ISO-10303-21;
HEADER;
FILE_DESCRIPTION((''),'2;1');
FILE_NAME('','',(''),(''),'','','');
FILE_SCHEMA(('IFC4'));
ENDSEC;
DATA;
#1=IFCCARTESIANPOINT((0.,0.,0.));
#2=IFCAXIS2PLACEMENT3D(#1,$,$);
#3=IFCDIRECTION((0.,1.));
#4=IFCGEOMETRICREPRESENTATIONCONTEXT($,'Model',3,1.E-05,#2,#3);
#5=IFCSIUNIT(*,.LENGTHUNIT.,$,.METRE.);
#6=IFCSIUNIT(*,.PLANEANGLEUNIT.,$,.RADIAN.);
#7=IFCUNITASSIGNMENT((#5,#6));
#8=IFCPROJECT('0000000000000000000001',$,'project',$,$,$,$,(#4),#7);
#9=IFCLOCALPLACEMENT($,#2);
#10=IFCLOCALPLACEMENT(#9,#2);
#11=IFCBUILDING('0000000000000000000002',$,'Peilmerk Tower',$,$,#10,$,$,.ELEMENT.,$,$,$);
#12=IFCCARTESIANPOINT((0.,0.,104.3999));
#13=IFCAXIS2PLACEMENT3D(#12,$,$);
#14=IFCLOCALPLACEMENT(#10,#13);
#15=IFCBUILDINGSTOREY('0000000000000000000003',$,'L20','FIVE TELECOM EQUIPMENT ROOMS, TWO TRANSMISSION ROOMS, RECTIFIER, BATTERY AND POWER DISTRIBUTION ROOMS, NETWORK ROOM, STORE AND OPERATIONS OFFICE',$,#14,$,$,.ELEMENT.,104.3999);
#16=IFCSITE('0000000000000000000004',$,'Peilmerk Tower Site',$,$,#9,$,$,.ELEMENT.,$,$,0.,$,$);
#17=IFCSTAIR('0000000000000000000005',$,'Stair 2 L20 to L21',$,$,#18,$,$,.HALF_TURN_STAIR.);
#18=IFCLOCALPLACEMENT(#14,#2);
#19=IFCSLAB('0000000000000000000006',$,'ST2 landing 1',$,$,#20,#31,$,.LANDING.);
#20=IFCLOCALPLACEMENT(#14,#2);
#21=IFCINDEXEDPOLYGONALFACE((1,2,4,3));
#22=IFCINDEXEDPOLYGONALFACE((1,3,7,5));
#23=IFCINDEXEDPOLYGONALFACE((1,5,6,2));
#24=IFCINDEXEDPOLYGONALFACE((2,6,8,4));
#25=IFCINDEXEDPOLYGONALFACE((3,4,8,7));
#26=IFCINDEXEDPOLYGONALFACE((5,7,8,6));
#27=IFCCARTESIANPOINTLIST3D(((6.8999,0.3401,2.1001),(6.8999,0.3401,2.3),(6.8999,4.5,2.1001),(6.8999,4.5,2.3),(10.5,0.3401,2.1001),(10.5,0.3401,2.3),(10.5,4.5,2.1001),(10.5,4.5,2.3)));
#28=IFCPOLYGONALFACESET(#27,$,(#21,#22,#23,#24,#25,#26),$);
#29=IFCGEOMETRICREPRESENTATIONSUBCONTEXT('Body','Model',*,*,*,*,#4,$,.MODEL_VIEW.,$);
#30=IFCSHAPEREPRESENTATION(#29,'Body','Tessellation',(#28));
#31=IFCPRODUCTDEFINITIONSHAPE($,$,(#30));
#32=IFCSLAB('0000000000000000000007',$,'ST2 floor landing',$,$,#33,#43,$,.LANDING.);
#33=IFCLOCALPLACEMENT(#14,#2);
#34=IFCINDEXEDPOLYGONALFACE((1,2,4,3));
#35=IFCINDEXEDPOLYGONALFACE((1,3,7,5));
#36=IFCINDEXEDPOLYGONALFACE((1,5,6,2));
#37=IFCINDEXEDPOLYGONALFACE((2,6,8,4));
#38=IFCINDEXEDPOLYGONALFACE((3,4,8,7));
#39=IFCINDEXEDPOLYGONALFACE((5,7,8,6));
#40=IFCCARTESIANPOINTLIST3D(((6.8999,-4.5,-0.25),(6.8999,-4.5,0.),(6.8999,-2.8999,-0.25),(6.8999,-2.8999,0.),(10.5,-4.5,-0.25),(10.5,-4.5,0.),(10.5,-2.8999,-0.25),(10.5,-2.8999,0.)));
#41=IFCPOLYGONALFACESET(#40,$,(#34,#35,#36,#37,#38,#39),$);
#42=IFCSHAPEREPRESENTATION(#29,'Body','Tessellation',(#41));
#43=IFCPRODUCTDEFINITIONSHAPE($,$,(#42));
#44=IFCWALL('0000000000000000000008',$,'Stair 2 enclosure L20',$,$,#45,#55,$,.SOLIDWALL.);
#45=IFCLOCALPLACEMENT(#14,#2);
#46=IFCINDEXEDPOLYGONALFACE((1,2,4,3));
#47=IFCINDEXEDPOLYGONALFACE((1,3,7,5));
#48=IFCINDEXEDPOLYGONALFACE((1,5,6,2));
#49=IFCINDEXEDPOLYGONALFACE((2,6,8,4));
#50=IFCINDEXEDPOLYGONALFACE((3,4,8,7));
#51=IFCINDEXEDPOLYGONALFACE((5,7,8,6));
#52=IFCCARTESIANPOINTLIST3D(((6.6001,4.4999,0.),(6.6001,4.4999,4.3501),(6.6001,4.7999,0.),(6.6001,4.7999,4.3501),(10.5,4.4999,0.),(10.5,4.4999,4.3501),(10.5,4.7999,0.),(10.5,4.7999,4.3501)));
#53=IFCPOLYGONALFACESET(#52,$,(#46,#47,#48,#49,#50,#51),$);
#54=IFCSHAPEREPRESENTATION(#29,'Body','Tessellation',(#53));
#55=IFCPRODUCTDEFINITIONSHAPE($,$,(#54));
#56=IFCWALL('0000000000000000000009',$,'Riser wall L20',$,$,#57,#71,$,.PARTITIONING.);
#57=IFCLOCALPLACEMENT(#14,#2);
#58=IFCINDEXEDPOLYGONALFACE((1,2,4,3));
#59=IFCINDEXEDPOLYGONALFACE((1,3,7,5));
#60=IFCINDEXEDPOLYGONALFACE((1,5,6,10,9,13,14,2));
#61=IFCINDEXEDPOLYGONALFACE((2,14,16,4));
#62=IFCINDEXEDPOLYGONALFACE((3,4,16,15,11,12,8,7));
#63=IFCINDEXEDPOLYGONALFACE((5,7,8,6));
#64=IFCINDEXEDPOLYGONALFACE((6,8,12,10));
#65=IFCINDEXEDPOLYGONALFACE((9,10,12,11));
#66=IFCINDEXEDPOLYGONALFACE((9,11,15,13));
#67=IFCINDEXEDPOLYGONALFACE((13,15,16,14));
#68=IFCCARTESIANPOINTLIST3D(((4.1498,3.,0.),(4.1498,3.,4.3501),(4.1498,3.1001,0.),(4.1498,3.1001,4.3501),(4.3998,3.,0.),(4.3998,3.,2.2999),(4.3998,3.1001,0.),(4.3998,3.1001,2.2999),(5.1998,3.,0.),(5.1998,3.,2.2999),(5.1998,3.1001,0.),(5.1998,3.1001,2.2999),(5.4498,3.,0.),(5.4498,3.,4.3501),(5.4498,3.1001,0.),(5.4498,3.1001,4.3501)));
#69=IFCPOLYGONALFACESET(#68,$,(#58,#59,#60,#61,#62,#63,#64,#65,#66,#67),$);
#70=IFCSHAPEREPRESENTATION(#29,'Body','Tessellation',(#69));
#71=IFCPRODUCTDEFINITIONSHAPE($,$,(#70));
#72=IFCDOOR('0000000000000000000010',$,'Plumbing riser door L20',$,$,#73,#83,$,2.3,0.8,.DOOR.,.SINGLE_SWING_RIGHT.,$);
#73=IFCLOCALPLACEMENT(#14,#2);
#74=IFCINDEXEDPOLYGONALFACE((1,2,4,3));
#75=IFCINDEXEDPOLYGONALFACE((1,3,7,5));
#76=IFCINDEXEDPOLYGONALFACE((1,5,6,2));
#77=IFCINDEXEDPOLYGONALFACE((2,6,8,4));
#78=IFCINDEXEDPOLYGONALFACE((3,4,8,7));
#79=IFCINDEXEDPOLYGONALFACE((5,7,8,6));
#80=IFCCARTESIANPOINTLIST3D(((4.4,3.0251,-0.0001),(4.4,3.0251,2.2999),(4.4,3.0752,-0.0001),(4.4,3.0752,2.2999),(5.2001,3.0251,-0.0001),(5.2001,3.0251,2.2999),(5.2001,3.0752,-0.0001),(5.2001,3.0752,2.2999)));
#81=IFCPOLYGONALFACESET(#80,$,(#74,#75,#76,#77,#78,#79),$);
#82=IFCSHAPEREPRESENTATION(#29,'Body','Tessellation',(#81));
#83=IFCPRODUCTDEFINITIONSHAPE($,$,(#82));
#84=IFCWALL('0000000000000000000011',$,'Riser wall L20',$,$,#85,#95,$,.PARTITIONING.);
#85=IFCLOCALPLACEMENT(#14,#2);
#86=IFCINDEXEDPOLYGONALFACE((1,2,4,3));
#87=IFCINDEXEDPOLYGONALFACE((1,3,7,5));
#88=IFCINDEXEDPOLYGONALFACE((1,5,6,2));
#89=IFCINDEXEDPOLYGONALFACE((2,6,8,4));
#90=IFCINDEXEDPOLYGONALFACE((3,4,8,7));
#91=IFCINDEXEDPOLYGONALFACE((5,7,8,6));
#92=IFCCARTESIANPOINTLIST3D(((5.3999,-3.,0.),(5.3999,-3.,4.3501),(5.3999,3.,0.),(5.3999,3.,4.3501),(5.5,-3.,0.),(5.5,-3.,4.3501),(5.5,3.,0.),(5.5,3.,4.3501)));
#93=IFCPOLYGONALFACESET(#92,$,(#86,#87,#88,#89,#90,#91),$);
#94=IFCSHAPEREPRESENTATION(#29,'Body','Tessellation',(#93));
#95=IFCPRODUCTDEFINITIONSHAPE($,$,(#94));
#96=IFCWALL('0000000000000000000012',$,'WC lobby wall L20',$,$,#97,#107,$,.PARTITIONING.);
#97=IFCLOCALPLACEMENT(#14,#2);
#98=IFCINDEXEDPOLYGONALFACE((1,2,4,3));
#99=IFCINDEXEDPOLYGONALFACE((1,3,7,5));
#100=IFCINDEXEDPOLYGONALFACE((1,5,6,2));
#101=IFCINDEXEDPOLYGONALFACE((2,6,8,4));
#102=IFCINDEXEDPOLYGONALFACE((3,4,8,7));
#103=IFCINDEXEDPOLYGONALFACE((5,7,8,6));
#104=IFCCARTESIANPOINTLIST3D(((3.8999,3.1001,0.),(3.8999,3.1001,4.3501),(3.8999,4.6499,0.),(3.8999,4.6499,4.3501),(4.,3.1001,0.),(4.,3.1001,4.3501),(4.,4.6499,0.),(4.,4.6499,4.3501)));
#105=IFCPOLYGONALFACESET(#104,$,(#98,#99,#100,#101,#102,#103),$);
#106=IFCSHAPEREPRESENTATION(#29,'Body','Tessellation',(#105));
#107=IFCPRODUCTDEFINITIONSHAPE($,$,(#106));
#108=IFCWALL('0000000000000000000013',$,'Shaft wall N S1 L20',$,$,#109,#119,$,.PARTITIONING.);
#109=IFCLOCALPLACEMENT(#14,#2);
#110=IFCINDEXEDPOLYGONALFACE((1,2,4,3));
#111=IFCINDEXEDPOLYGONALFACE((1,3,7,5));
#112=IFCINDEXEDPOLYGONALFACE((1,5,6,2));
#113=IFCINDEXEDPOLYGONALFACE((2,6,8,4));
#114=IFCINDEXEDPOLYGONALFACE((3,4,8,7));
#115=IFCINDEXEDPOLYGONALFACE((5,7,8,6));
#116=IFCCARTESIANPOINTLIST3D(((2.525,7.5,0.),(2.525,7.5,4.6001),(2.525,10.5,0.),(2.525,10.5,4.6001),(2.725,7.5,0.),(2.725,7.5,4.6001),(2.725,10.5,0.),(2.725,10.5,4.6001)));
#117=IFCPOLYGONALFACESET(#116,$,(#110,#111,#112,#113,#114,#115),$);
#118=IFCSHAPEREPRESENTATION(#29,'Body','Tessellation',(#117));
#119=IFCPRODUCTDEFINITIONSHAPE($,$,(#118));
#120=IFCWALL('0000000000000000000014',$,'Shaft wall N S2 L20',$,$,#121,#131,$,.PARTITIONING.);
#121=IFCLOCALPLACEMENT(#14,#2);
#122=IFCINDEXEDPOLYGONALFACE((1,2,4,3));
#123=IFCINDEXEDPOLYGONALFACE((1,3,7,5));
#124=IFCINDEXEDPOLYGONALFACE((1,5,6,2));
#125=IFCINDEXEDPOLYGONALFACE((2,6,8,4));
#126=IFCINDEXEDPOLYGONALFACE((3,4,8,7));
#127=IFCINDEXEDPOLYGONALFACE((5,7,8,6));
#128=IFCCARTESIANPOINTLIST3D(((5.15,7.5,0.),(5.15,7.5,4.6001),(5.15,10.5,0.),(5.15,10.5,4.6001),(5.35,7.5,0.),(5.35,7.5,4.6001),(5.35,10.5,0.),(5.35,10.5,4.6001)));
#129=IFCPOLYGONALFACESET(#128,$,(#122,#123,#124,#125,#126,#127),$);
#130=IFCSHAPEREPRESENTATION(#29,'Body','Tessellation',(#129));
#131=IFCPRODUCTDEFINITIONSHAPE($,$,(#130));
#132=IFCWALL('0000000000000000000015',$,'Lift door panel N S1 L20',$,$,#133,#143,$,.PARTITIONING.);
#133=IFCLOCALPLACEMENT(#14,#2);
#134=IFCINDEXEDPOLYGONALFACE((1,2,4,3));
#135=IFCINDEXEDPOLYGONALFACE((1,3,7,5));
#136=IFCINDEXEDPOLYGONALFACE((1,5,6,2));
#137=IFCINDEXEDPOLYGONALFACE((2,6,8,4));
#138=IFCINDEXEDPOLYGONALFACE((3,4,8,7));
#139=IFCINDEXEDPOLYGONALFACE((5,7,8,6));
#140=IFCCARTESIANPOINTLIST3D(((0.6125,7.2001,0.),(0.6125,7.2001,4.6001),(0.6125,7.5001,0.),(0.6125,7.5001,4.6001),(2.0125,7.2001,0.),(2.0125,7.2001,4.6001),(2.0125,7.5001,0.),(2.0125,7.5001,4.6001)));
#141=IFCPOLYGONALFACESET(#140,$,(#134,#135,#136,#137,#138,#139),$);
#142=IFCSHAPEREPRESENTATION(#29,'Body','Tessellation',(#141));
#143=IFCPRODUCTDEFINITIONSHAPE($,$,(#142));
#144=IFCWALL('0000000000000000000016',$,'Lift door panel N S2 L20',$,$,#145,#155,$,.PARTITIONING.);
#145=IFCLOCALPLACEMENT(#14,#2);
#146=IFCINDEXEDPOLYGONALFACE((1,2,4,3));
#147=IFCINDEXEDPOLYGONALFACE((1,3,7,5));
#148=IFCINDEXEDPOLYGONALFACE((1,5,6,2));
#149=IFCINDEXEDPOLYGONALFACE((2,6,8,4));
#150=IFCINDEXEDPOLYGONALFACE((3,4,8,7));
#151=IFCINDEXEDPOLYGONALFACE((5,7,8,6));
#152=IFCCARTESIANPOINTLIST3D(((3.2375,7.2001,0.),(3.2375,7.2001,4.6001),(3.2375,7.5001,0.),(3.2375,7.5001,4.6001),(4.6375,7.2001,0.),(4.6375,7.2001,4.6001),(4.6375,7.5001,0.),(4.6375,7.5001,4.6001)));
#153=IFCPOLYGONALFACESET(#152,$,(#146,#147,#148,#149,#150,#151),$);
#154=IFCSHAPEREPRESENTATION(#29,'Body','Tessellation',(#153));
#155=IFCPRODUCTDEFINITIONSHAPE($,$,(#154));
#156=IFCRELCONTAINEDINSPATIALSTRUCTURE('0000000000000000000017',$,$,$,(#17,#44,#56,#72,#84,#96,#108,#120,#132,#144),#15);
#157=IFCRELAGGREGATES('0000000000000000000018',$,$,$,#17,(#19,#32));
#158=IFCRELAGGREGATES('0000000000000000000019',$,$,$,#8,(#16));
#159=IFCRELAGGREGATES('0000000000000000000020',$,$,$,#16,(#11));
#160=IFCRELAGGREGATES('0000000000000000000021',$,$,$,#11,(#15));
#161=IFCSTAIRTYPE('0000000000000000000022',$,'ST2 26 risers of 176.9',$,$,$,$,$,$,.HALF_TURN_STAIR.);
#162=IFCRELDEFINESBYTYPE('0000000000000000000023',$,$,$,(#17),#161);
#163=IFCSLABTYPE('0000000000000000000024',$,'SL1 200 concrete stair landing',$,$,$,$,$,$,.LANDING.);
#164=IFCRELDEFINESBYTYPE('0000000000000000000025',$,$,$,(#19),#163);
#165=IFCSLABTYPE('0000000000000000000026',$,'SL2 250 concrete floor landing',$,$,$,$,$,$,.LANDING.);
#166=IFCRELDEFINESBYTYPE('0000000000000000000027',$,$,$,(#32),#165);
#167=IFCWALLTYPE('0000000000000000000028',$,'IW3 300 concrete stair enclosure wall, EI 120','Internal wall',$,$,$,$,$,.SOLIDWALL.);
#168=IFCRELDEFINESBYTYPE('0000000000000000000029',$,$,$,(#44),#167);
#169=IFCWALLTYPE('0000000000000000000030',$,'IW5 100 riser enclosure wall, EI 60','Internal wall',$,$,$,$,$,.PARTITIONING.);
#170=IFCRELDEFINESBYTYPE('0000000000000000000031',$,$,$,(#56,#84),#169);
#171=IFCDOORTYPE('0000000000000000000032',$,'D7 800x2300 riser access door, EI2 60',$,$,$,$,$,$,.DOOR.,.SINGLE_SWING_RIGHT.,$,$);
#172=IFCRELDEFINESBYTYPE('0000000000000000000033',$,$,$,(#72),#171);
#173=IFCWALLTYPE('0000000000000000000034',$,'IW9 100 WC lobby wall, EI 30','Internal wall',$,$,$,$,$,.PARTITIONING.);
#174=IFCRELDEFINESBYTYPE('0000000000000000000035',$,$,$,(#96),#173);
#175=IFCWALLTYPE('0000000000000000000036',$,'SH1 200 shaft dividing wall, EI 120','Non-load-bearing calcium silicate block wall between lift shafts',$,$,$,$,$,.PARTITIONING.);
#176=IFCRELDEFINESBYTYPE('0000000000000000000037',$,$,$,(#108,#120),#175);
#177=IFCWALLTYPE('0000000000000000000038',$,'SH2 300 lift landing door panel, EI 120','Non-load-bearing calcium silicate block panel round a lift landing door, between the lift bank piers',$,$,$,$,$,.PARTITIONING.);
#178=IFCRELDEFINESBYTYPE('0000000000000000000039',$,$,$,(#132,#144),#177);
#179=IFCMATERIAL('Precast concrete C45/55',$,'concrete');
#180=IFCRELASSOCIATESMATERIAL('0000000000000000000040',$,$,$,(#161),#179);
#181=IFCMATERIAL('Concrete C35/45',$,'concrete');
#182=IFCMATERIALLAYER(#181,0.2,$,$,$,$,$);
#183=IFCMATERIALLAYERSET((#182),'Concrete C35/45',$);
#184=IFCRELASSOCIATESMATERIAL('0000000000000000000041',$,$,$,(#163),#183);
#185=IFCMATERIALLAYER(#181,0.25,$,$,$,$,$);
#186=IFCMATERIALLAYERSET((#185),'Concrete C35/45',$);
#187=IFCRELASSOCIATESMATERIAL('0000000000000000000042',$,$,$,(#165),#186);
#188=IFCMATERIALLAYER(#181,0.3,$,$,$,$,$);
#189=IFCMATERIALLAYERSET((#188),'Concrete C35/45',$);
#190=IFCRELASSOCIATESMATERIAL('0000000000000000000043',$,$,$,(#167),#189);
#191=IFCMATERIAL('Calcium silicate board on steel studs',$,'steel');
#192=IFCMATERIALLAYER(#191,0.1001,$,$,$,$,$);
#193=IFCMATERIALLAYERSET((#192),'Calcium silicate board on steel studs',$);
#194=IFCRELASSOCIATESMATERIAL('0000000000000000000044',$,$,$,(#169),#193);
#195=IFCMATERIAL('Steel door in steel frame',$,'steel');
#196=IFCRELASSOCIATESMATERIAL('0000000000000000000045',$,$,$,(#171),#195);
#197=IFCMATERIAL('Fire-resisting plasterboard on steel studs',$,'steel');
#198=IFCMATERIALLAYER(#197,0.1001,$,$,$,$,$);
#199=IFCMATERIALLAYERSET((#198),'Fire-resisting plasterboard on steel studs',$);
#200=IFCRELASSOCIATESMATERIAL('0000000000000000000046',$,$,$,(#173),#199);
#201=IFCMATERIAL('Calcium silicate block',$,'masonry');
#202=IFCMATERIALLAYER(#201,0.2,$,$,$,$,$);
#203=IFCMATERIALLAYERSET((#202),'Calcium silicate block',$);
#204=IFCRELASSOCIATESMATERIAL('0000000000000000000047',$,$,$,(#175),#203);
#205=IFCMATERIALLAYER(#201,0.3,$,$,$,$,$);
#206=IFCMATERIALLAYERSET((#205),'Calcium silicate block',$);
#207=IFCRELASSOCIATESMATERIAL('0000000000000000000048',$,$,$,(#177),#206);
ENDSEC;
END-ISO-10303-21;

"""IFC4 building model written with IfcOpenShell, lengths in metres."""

from ifc_helpers import new_model, si_unit, direction, frame, frame_2d, origin, place, context, subcontext, project, spatial, polyline, rectangle, outline, extrude, material, layer, layer_set, type_object, element, fill, aggregate, save


model = new_model("IFC4")

# Units and contexts
model_context = context("Model", 3, precision=1e-05, world=origin(), true_north=direction((0.0, 1.0)))
body_context = subcontext(model_context, "Body", "Model", "MODEL_VIEW")
ifc_project = project(units=[si_unit("LENGTHUNIT", "METRE"), si_unit("PLANEANGLEUNIT", "RADIAN")], contexts=[model_context])

# Site, building, storey
site_placement = place(None, origin())
site = spatial("IfcSite", under=ifc_project, at=site_placement, Name="Peilmerk Tower Site", CompositionType="ELEMENT", RefElevation=0.0)
building_placement = place(site_placement, origin())
building = spatial("IfcBuilding", under=site, at=building_placement, Name="Peilmerk Tower", CompositionType="ELEMENT")
storey_placement = place(building_placement, frame((0.0, 0.0, 104.3999)))
storey = spatial("IfcBuildingStorey", under=building, at=storey_placement, Name="L20", Description="FIVE TELECOM EQUIPMENT ROOMS, TWO TRANSMISSION ROOMS, RECTIFIER, BATTERY AND POWER DISTRIBUTION ROOMS, NETWORK ROOM, STORE AND OPERATIONS OFFICE", CompositionType="ELEMENT", Elevation=104.3999)

# Stair, slabs
ifc_material_1 = material(Name="Precast concrete C45/55", Category="concrete")
stair_type = type_object("IfcStairType", Name="ST2 26 risers of 176.9", PredefinedType="HALF_TURN_STAIR", material=ifc_material_1)
stair_placement = place(storey_placement, origin())
stair = element("IfcStair", 1, at=stair_placement, inside=storey, type_object=stair_type, Name="Stair 2 L20 to L21", PredefinedType="HALF_TURN_STAIR")
ifc_material_2 = material(Name="Concrete C35/45", Category="concrete")
ifc_layer_1 = layer(ifc_material_2, 0.2)
ifc_layer_set_1 = layer_set([ifc_layer_1], Name="Concrete C35/45")
slab_type_1 = type_object("IfcSlabType", Name="SL1 200 concrete stair landing", PredefinedType="LANDING", material=ifc_layer_set_1)
slab_1_placement = place(storey_placement, frame((0.0, 0.0, 2.1001)))
slab_1 = element("IfcSlab", 2, at=slab_1_placement, type_object=slab_type_1, Name="ST2 landing 1", PredefinedType="LANDING", context=body_context, shape_type="SweptSolid", body=[
    extrude(outline(polyline([(6.8999, 0.3401), (10.5, 0.3401), (10.5, 4.5), (6.8999, 4.5), (6.8999, 0.3401)])), origin(), (0.0, 0.0, 1.0), 0.2),
])
ifc_layer_2 = layer(ifc_material_2, 0.25)
ifc_layer_set_2 = layer_set([ifc_layer_2], Name="Concrete C35/45")
slab_type_2 = type_object("IfcSlabType", Name="SL2 250 concrete floor landing", PredefinedType="LANDING", material=ifc_layer_set_2)
slab_2_placement = place(storey_placement, frame((0.0, 0.0, -0.25)))
slab_2 = element("IfcSlab", 3, at=slab_2_placement, type_object=slab_type_2, Name="ST2 floor landing", PredefinedType="LANDING", context=body_context, shape_type="SweptSolid", body=[
    extrude(outline(polyline([(6.8999, -4.5), (10.5, -4.5), (10.5, -2.8999), (6.8999, -2.8999), (6.8999, -4.5)])), origin(), (0.0, 0.0, 1.0), 0.25),
])
aggregate(stair, [slab_1, slab_2])

# Wall
ifc_layer_3 = layer(ifc_material_2, 0.3)
ifc_layer_set_3 = layer_set([ifc_layer_3], Name="Concrete C35/45")
wall_type_1 = type_object("IfcWallType", Name="IW3 300 concrete stair enclosure wall, EI 120", Description="Internal wall", PredefinedType="SOLIDWALL", material=ifc_layer_set_3)
wall_1_placement = place(storey_placement, frame((6.6001, 4.6499, 0.0), z_axis=(0.0, 0.0, 1.0), x_axis=(1.0, 0.0, 0.0)))
element("IfcWall", 4, at=wall_1_placement, inside=storey, type_object=wall_type_1, Name="Stair 2 enclosure L20", PredefinedType="SOLIDWALL", context=body_context, shape_type="SweptSolid", body=[
    extrude(rectangle(XDim=3.8999, YDim=0.3, at=frame_2d((1.95, 0.0))), origin(), (0.0, 0.0, 1.0), 4.3501),
])

# Wall, opening, door
ifc_material_3 = material(Name="Calcium silicate board on steel studs", Category="steel")
ifc_layer_4 = layer(ifc_material_3, 0.1001)
ifc_layer_set_4 = layer_set([ifc_layer_4], Name="Calcium silicate board on steel studs")
wall_type_2 = type_object("IfcWallType", Name="IW5 100 riser enclosure wall, EI 60", Description="Internal wall", PredefinedType="PARTITIONING", material=ifc_layer_set_4)
wall_2_placement = place(storey_placement, frame((4.1499, 3.05, 0.0), z_axis=(0.0, 0.0, 1.0), x_axis=(1.0, 0.0, 0.0)))
wall_2 = element("IfcWall", 5, at=wall_2_placement, inside=storey, type_object=wall_type_2, Name="Riser wall L20", PredefinedType="PARTITIONING", context=body_context, shape_type="SweptSolid", body=[
    extrude(rectangle(XDim=1.3, YDim=0.1001, at=frame_2d((0.6499, 0.0))), origin(), (0.0, 0.0, 1.0), 4.3501),
])
opening_1_placement = place(wall_2_placement, frame((0.25, 0.0, 0.0)))
opening_1 = element("IfcOpeningElement", 6, at=opening_1_placement, cuts=wall_2, PredefinedType="OPENING", context=body_context, shape_type="SweptSolid", body=[
    extrude(rectangle(XDim=0.8, YDim=2.3, at=frame_2d((0.3999, 1.1499))), frame((0.0, 0.0601, 0.0), z_axis=(0.0, -1.0, 0.0), x_axis=(1.0, 0.0, 0.0)), (0.0, 0.0, 1.0), 0.1201),
])
ifc_material_4 = material(Name="Steel door in steel frame", Category="steel")
door_type_1 = type_object("IfcDoorType", Name="D7 800x2300 riser access door, EI2 60", OperationType="SINGLE_SWING_RIGHT", PredefinedType="DOOR", material=ifc_material_4)
door_1_placement = place(opening_1_placement, frame((0.8, 0.0, 0.0), z_axis=(0.0, 0.0, 1.0), x_axis=(-1.0, 0.0, 0.0)))
door_1 = element("IfcDoor", 7, at=door_1_placement, inside=storey, type_object=door_type_1, Name="Plumbing riser door L20", OperationType="SINGLE_SWING_RIGHT", OverallHeight=2.3, OverallWidth=0.8, PredefinedType="DOOR", context=body_context, shape_type="SweptSolid", body=[
    extrude(rectangle(XDim=0.8, YDim=2.3, at=frame_2d((0.3999, 1.1499))), frame((0.0, 0.0249, 0.0), z_axis=(0.0, -1.0, 0.0), x_axis=(1.0, 0.0, 0.0)), (0.0, 0.0, 1.0), 0.05),
])
fill(opening_1, door_1)

# Walls
wall_3_placement = place(storey_placement, frame((5.45, 3.0, 0.0), z_axis=(0.0, 0.0, 1.0), x_axis=(0.0, -1.0, 0.0)))
element("IfcWall", 8, at=wall_3_placement, inside=storey, type_object=wall_type_2, Name="Riser wall L20", PredefinedType="PARTITIONING", context=body_context, shape_type="SweptSolid", body=[
    extrude(rectangle(XDim=6.0, YDim=0.1001, at=frame_2d((3.0, 0.0))), origin(), (0.0, 0.0, 1.0), 4.3501),
])
ifc_material_5 = material(Name="Fire-resisting plasterboard on steel studs", Category="steel")
ifc_layer_5 = layer(ifc_material_5, 0.1001)
ifc_layer_set_5 = layer_set([ifc_layer_5], Name="Fire-resisting plasterboard on steel studs")
wall_type_3 = type_object("IfcWallType", Name="IW9 100 WC lobby wall, EI 30", Description="Internal wall", PredefinedType="PARTITIONING", material=ifc_layer_set_5)
wall_4_placement = place(storey_placement, frame((3.95, 3.1001, 0.0), z_axis=(0.0, 0.0, 1.0), x_axis=(0.0, 1.0, 0.0)))
element("IfcWall", 9, at=wall_4_placement, inside=storey, type_object=wall_type_3, Name="WC lobby wall L20", PredefinedType="PARTITIONING", context=body_context, shape_type="SweptSolid", body=[
    extrude(rectangle(XDim=1.5498, YDim=0.1001, at=frame_2d((0.7749, 0.0))), origin(), (0.0, 0.0, 1.0), 4.3501),
])
ifc_material_6 = material(Name="Calcium silicate block", Category="masonry")
ifc_layer_6 = layer(ifc_material_6, 0.2)
ifc_layer_set_6 = layer_set([ifc_layer_6], Name="Calcium silicate block")
wall_type_4 = type_object("IfcWallType", Name="SH1 200 shaft dividing wall, EI 120", Description="Non-load-bearing calcium silicate block wall between lift shafts", PredefinedType="PARTITIONING", material=ifc_layer_set_6)
for number, where, z_axis, x_axis, name in (
    (10, (2.625, 7.5, 0.0), (0.0, 0.0, 1.0), (0.0, 1.0, 0.0), "Shaft wall N S1 L20"),
    (11, (5.25, 7.5, 0.0), (0.0, 0.0, 1.0), (0.0, 1.0, 0.0), "Shaft wall N S2 L20"),
):
    element("IfcWall", number, at=place(storey_placement, frame(where, z_axis=z_axis, x_axis=x_axis)), inside=storey, type_object=wall_type_4, Name=name, PredefinedType="PARTITIONING", context=body_context, shape_type="SweptSolid", body=[
        extrude(rectangle(XDim=3.0, YDim=0.2, at=frame_2d((1.5, 0.0))), origin(), (0.0, 0.0, 1.0), 4.6001),
    ])
ifc_layer_7 = layer(ifc_material_6, 0.3)
ifc_layer_set_7 = layer_set([ifc_layer_7], Name="Calcium silicate block")
wall_type_5 = type_object("IfcWallType", Name="SH2 300 lift landing door panel, EI 120", Description="Non-load-bearing calcium silicate block panel round a lift landing door, between the lift bank piers", PredefinedType="PARTITIONING", material=ifc_layer_set_7)
for number, where, z_axis, x_axis, name in (
    (12, (0.6125, 7.3501, 0.0), (0.0, 0.0, 1.0), (1.0, 0.0, 0.0), "Lift door panel N S1 L20"),
    (13, (3.2375, 7.3501, 0.0), (0.0, 0.0, 1.0), (1.0, 0.0, 0.0), "Lift door panel N S2 L20"),
):
    element("IfcWall", number, at=place(storey_placement, frame(where, z_axis=z_axis, x_axis=x_axis)), inside=storey, type_object=wall_type_5, Name=name, PredefinedType="PARTITIONING", context=body_context, shape_type="SweptSolid", body=[
        extrude(rectangle(XDim=1.3999, YDim=0.3, at=frame_2d((0.7, 0.0))), origin(), (0.0, 0.0, 1.0), 4.6001),
    ])

save(model, "model.ifc")
